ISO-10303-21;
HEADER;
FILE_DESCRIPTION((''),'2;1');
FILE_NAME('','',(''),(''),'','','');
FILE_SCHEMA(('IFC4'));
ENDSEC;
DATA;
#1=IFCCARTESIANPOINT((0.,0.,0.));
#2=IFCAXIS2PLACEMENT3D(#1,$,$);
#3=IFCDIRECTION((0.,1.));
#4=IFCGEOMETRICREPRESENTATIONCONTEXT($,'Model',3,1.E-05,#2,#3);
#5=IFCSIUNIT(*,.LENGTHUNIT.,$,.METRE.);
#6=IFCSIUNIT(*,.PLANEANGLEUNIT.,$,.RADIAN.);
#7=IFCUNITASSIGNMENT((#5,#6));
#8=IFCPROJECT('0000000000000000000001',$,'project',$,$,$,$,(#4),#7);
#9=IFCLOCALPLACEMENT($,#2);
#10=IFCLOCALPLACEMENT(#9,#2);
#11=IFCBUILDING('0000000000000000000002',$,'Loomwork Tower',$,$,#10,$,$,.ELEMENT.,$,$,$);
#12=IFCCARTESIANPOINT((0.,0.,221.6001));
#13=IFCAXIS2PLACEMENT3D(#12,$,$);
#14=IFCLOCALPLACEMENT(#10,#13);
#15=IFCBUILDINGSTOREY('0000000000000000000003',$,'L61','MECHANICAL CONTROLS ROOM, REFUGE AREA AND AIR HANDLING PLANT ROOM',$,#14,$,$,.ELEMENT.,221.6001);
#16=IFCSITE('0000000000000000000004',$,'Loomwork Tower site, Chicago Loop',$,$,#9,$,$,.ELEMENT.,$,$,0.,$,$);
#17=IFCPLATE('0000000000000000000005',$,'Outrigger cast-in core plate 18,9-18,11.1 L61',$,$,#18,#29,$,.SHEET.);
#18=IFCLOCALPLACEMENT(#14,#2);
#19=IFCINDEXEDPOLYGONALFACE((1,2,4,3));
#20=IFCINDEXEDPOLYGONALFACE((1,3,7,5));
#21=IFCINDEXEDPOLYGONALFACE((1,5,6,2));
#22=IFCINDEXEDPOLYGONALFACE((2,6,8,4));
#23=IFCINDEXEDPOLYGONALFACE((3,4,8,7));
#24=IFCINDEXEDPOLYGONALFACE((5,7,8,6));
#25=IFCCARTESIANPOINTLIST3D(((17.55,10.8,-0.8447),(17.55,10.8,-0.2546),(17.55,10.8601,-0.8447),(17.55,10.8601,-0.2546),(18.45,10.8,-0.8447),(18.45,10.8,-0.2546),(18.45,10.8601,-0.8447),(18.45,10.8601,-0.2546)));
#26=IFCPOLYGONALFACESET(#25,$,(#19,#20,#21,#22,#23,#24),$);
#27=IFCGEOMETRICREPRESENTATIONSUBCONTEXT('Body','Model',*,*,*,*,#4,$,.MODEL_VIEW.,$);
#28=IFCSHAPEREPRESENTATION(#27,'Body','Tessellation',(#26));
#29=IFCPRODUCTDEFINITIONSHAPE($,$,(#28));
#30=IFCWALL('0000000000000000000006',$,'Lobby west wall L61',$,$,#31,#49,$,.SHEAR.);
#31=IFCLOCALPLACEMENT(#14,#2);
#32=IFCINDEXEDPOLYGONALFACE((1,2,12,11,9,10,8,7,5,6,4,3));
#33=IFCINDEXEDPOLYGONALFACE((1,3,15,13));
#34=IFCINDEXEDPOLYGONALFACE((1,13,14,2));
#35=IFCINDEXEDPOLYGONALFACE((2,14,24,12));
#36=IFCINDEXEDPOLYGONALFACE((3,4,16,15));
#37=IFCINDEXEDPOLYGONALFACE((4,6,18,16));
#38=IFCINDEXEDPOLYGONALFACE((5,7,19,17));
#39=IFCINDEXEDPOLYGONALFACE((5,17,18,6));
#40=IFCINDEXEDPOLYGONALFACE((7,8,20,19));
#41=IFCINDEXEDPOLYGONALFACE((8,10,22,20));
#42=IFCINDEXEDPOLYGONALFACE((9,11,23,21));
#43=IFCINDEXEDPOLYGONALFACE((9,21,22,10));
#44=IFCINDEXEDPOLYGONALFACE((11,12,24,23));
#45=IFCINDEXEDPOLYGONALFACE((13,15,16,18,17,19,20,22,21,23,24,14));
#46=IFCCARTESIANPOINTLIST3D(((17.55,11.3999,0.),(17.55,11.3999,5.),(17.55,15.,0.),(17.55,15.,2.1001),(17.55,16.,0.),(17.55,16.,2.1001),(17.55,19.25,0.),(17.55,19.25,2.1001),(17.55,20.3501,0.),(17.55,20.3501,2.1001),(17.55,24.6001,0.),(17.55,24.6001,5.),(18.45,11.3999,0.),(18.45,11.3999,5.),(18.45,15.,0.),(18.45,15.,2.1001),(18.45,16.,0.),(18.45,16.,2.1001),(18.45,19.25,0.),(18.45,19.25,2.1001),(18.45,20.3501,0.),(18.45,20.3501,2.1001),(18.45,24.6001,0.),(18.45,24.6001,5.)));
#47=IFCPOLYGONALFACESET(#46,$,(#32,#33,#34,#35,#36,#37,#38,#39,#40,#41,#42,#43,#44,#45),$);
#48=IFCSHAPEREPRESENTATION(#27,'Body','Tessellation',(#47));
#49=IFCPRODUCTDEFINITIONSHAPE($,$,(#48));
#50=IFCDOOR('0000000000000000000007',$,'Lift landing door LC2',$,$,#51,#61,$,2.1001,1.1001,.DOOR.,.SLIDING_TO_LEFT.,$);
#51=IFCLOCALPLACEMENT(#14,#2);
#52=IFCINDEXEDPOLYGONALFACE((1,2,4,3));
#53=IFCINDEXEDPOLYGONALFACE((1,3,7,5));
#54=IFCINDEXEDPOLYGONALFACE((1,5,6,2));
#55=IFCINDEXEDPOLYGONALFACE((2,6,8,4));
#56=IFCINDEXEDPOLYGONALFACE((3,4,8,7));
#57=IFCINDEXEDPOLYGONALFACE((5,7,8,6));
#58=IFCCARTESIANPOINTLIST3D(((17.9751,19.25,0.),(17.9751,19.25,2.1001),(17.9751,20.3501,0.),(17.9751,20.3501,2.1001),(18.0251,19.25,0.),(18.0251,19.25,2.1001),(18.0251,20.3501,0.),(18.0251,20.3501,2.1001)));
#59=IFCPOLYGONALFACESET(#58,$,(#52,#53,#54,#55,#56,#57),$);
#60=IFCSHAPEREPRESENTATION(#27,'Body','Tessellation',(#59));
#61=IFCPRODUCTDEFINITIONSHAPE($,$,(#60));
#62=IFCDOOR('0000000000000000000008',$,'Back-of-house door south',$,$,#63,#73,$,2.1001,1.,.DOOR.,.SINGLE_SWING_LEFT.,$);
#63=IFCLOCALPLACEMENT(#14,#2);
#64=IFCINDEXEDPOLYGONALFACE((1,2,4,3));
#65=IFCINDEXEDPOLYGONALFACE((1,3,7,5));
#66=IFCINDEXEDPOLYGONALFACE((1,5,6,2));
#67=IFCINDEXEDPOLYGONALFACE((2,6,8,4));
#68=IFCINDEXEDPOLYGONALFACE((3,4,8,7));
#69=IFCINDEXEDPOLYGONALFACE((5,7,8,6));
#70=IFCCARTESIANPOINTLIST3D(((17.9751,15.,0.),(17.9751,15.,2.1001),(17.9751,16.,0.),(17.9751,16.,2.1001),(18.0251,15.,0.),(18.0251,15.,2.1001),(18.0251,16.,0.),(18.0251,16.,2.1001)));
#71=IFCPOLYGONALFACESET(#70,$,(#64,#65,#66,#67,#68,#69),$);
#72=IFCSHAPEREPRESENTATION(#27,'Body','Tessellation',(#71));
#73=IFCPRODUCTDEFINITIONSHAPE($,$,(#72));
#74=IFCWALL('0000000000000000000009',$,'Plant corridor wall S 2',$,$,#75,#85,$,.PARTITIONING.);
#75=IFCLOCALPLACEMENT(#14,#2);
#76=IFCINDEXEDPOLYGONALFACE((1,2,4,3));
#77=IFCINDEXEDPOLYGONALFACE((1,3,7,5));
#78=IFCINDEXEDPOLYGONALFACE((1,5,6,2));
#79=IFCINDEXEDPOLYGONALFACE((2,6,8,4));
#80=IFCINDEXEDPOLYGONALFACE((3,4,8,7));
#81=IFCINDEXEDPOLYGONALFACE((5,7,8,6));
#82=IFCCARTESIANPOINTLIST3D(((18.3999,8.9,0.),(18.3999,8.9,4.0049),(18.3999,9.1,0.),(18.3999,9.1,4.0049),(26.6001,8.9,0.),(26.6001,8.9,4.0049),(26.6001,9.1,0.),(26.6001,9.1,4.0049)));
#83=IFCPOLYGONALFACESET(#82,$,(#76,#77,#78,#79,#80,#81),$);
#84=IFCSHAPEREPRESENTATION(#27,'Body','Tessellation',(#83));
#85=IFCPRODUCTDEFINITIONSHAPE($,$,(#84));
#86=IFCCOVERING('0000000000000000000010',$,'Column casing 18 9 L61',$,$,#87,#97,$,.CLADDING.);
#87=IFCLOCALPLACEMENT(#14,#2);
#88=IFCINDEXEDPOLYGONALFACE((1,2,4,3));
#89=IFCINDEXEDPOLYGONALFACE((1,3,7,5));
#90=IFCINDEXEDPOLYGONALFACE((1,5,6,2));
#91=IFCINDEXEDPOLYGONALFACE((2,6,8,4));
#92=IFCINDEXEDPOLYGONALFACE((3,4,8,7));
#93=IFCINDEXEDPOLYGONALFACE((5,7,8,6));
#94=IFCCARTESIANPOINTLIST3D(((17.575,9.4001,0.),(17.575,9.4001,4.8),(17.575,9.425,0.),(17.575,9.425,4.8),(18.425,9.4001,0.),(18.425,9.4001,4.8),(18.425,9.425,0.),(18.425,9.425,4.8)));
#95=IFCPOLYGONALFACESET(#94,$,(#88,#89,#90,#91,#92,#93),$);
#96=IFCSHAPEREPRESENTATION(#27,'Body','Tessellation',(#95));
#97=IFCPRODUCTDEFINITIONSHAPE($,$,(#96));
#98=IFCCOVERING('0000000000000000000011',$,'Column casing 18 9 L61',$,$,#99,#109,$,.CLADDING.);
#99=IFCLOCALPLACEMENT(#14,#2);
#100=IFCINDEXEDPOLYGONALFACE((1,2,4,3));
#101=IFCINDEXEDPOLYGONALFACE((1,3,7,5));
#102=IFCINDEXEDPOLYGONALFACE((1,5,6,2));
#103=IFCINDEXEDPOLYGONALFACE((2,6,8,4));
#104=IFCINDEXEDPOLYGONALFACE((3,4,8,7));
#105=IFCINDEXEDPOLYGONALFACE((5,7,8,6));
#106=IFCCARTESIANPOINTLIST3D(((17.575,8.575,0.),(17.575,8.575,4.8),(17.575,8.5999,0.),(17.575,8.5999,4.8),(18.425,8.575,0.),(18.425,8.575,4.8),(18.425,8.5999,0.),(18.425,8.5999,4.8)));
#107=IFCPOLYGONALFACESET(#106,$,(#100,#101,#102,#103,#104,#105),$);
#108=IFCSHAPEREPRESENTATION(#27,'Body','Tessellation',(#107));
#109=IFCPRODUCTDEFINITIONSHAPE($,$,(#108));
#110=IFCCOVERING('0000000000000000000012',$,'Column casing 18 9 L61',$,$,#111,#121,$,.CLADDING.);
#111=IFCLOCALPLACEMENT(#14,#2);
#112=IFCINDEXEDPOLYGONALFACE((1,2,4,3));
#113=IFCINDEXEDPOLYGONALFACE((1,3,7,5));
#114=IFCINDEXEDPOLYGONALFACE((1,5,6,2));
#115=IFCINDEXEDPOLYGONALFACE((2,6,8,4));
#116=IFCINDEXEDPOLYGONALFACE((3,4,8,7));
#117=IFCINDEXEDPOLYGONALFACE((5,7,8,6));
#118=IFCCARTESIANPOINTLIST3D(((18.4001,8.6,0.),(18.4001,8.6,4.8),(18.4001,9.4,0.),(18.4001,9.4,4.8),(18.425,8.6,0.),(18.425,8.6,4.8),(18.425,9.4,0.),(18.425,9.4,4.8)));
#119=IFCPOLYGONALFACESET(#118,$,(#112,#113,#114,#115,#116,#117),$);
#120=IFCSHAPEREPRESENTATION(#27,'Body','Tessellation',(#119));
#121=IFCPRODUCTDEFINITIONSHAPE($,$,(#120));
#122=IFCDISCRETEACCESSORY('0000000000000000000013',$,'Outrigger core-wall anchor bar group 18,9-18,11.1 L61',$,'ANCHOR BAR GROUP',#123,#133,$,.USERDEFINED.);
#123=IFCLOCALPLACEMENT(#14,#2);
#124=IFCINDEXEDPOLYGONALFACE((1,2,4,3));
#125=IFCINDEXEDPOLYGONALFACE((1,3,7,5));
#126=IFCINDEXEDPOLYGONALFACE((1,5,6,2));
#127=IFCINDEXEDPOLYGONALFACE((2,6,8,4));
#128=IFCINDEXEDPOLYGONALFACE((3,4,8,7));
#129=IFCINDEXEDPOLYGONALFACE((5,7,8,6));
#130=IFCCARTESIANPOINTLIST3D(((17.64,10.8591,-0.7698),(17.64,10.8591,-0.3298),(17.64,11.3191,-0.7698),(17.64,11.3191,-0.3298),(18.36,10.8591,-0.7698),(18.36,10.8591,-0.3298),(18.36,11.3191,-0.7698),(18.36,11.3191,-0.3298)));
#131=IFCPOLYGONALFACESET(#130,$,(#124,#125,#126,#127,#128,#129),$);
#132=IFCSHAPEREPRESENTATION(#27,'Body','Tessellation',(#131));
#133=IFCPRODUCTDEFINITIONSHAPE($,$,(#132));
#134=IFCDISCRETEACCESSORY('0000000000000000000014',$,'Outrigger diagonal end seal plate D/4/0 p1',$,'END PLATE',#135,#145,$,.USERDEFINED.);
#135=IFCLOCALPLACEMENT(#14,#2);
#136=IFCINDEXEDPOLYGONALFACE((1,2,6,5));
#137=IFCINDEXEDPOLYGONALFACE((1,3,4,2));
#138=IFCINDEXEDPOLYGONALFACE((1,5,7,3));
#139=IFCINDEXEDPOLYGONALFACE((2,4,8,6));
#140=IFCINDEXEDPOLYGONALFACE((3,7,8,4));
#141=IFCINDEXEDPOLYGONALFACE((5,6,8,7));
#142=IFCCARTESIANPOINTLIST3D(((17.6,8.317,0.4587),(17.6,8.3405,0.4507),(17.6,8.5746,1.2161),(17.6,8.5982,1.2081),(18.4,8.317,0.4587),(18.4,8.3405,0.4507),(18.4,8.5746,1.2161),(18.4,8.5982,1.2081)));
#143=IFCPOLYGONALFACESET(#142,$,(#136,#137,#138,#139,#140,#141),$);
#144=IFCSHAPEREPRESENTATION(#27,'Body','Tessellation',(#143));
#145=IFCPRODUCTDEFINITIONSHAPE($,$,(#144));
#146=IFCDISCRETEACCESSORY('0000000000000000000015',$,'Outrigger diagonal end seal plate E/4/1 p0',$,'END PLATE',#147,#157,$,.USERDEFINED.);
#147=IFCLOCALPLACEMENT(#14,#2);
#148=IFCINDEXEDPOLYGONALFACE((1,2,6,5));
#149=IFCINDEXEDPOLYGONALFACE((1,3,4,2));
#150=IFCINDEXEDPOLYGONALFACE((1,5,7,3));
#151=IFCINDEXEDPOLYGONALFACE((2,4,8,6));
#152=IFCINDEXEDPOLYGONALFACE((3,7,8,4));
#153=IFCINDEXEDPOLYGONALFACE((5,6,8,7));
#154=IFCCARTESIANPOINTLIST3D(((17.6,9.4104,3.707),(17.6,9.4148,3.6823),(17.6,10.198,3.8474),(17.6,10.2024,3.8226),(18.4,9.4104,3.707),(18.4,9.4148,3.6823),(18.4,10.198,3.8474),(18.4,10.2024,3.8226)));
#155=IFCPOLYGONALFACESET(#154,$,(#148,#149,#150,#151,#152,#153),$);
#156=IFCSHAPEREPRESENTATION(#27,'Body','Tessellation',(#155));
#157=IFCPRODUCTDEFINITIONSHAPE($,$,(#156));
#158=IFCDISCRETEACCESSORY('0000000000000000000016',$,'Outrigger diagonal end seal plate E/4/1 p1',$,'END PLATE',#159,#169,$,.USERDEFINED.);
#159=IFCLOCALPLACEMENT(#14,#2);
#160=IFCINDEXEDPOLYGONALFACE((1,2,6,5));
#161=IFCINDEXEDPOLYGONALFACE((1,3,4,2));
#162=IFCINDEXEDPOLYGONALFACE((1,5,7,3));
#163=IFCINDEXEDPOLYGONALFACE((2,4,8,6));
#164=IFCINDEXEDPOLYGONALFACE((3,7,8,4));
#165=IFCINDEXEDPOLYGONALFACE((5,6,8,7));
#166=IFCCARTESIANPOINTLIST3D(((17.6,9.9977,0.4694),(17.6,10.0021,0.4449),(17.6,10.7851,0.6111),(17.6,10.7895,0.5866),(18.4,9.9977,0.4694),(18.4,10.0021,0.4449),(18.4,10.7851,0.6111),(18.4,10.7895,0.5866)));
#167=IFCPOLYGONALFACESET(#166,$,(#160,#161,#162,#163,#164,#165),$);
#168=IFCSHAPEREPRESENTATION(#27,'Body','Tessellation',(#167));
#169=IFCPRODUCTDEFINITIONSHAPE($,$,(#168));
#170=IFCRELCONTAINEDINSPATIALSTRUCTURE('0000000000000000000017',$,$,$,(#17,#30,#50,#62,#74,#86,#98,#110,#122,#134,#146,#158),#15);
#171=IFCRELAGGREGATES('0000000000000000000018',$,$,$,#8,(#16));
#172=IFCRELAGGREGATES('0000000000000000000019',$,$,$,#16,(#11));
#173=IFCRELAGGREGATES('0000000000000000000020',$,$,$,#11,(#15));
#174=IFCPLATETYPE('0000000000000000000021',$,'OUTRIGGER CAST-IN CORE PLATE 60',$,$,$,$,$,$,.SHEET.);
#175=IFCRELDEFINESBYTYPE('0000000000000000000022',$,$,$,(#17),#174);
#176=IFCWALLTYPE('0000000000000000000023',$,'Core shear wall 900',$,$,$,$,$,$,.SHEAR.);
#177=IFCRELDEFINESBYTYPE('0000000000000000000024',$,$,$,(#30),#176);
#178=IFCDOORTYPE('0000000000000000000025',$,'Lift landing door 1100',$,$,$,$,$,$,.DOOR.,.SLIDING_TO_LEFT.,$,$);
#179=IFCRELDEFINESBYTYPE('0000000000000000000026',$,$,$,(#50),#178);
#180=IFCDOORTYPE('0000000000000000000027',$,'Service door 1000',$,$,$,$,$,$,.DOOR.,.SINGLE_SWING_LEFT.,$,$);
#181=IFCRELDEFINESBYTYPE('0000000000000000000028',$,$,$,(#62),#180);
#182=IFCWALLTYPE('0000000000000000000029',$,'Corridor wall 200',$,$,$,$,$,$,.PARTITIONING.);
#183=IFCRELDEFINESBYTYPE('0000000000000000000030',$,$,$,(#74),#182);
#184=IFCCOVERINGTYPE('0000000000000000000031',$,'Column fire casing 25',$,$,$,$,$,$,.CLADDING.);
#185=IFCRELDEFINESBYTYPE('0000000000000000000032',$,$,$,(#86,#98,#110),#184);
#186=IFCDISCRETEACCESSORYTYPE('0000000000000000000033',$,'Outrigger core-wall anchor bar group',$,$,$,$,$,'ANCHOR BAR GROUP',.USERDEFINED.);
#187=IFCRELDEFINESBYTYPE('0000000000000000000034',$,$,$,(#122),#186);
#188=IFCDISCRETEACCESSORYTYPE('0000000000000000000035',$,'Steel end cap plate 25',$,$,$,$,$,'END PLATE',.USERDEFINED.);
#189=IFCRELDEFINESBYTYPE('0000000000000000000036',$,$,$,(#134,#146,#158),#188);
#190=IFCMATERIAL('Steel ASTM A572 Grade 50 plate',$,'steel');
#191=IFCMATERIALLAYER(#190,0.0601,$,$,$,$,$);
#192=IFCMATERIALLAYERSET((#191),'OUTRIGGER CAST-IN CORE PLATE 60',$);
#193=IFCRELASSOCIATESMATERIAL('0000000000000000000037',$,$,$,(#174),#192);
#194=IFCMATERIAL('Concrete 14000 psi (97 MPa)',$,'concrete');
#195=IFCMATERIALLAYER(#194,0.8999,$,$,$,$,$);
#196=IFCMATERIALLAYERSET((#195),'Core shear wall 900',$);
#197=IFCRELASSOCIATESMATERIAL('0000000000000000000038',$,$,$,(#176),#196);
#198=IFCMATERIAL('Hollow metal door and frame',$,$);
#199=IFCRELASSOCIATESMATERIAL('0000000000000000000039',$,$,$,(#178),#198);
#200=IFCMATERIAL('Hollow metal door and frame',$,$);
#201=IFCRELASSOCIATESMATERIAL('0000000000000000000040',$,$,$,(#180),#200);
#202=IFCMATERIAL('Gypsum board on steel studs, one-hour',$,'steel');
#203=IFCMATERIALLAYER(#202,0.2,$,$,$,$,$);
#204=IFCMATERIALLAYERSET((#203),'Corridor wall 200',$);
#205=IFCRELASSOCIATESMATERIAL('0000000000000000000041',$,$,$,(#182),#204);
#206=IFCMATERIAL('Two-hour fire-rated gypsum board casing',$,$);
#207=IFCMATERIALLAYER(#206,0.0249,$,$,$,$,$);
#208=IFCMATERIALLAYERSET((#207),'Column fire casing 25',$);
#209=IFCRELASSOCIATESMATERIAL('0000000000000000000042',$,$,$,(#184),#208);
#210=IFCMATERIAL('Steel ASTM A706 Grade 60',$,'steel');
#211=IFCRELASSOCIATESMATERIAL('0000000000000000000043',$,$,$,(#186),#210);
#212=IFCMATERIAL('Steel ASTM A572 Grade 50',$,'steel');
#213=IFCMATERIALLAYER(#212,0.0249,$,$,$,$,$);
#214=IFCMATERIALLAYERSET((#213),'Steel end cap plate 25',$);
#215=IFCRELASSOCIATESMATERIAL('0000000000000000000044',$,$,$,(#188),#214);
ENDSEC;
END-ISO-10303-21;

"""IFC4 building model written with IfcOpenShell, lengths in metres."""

from ifc_helpers import new_model, si_unit, direction, frame, frame_2d, origin, origin_2d, place, context, subcontext, project, spatial, rectangle, extrude, material, layer, layer_set, type_object, element, fill, save


model = new_model("IFC4")

# Units and contexts
model_context = context("Model", 3, precision=1e-05, world=origin(), true_north=direction((0.0, 1.0)))
body_context = subcontext(model_context, "Body", "Model", "MODEL_VIEW")
ifc_project = project(units=[si_unit("LENGTHUNIT", "METRE"), si_unit("PLANEANGLEUNIT", "RADIAN")], contexts=[model_context])

# Site, building, storey
site_placement = place(None, origin())
site = spatial("IfcSite", under=ifc_project, at=site_placement, Name="Loomwork Tower site, Chicago Loop", CompositionType="ELEMENT", RefElevation=0.0)
building_placement = place(site_placement, origin())
building = spatial("IfcBuilding", under=site, at=building_placement, Name="Loomwork Tower", CompositionType="ELEMENT")
storey_placement = place(building_placement, frame((0.0, 0.0, 221.6001)))
storey = spatial("IfcBuildingStorey", under=building, at=storey_placement, Name="L61", Description="MECHANICAL CONTROLS ROOM, REFUGE AREA AND AIR HANDLING PLANT ROOM", CompositionType="ELEMENT", Elevation=221.6001)

# Plate
ifc_material_1 = material(Name="Steel ASTM A572 Grade 50 plate", Category="steel")
ifc_layer_1 = layer(ifc_material_1, 0.0601)
ifc_layer_set_1 = layer_set([ifc_layer_1], Name="OUTRIGGER CAST-IN CORE PLATE 60")
plate_type = type_object("IfcPlateType", Name="OUTRIGGER CAST-IN CORE PLATE 60", PredefinedType="SHEET", material=ifc_layer_set_1)
plate_placement = place(storey_placement, frame((18.0, 10.8301, -0.8447), z_axis=(0.0, 0.0, 1.0), x_axis=(1.0, 0.0, 0.0)))
element("IfcPlate", 1, at=plate_placement, inside=storey, type_object=plate_type, Name="Outrigger cast-in core plate 18,9-18,11.1 L61", PredefinedType="SHEET", context=body_context, shape_type="SweptSolid", body=[
    extrude(rectangle(XDim=0.8999, YDim=0.0601, at=origin_2d()), origin(), (0.0, 0.0, 1.0), 0.5901),
])

# Wall, openings, doors
ifc_material_2 = material(Name="Concrete 14000 psi (97 MPa)", Category="concrete")
ifc_layer_2 = layer(ifc_material_2, 0.8999)
ifc_layer_set_2 = layer_set([ifc_layer_2], Name="Core shear wall 900")
wall_type_1 = type_object("IfcWallType", Name="Core shear wall 900", PredefinedType="SHEAR", material=ifc_layer_set_2)
wall_1_placement = place(storey_placement, frame((18.0, 11.3999, 0.0), z_axis=(0.0, 0.0, 1.0), x_axis=(0.0, 1.0, 0.0)))
wall_1 = element("IfcWall", 2, at=wall_1_placement, inside=storey, type_object=wall_type_1, Name="Lobby west wall L61", PredefinedType="SHEAR", context=body_context, shape_type="SweptSolid", body=[
    extrude(rectangle(XDim=13.2002, YDim=0.8999, at=frame_2d((6.6001, 0.0))), origin(), (0.0, 0.0, 1.0), 5.0),
])
opening_1_placement = place(wall_1_placement, frame((3.6001, 0.0, 0.0)))
opening_1 = element("IfcOpeningElement", 3, at=opening_1_placement, cuts=wall_1, PredefinedType="OPENING", context=body_context, shape_type="SweptSolid", body=[
    extrude(rectangle(XDim=1.0, YDim=2.1001, at=frame_2d((0.5, 1.05))), frame((0.0, 0.46, 0.0), z_axis=(0.0, -1.0, 0.0), x_axis=(1.0, 0.0, 0.0)), (0.0, 0.0, 1.0), 0.9199),
])
opening_2_placement = place(wall_1_placement, frame((7.8501, 0.0, 0.0)))
opening_2 = element("IfcOpeningElement", 4, at=opening_2_placement, cuts=wall_1, PredefinedType="OPENING", context=body_context, shape_type="SweptSolid", body=[
    extrude(rectangle(XDim=1.1001, YDim=2.1001, at=frame_2d((0.55, 1.05))), frame((0.0, 0.46, 0.0), z_axis=(0.0, -1.0, 0.0), x_axis=(1.0, 0.0, 0.0)), (0.0, 0.0, 1.0), 0.9199),
])
ifc_material_3 = material(Name="Hollow metal door and frame")
door_type_1 = type_object("IfcDoorType", Name="Lift landing door 1100", OperationType="SLIDING_TO_LEFT", PredefinedType="DOOR", material=ifc_material_3)
door_1_placement = place(opening_2_placement, origin())
door_1 = element("IfcDoor", 5, at=door_1_placement, inside=storey, type_object=door_type_1, Name="Lift landing door LC2", OperationType="SLIDING_TO_LEFT", OverallHeight=2.1001, OverallWidth=1.1001, PredefinedType="DOOR", context=body_context, shape_type="SweptSolid", body=[
    extrude(rectangle(XDim=1.1001, YDim=2.1001, at=frame_2d((0.55, 1.05))), frame((0.0, 0.0249, 0.0), z_axis=(0.0, -1.0, 0.0), x_axis=(1.0, 0.0, 0.0)), (0.0, 0.0, 1.0), 0.05),
])
fill(opening_2, door_1)
ifc_material_4 = material(Name="Hollow metal door and frame")
door_type_2 = type_object("IfcDoorType", Name="Service door 1000", OperationType="SINGLE_SWING_LEFT", PredefinedType="DOOR", material=ifc_material_4)
door_2_placement = place(opening_1_placement, origin())
door_2 = element("IfcDoor", 6, at=door_2_placement, inside=storey, type_object=door_type_2, Name="Back-of-house door south", OperationType="SINGLE_SWING_LEFT", OverallHeight=2.1001, OverallWidth=1.0, PredefinedType="DOOR", context=body_context, shape_type="SweptSolid", body=[
    extrude(rectangle(XDim=1.0, YDim=2.1001, at=frame_2d((0.5, 1.05))), frame((0.0, 0.0249, 0.0), z_axis=(0.0, -1.0, 0.0), x_axis=(1.0, 0.0, 0.0)), (0.0, 0.0, 1.0), 0.05),
])
fill(opening_1, door_2)

# Wall
ifc_material_5 = material(Name="Gypsum board on steel studs, one-hour", Category="steel")
ifc_layer_3 = layer(ifc_material_5, 0.2)
ifc_layer_set_3 = layer_set([ifc_layer_3], Name="Corridor wall 200")
wall_type_2 = type_object("IfcWallType", Name="Corridor wall 200", PredefinedType="PARTITIONING", material=ifc_layer_set_3)
wall_2_placement = place(storey_placement, frame((18.3999, 9.0, 0.0), z_axis=(0.0, 0.0, 1.0), x_axis=(1.0, 0.0, 0.0)))
element("IfcWall", 7, at=wall_2_placement, inside=storey, type_object=wall_type_2, Name="Plant corridor wall S 2", PredefinedType="PARTITIONING", context=body_context, shape_type="SweptSolid", body=[
    extrude(rectangle(XDim=8.2002, YDim=0.2, at=frame_2d((4.1001, 0.0))), origin(), (0.0, 0.0, 1.0), 4.0049),
])

# Coverings
ifc_material_6 = material(Name="Two-hour fire-rated gypsum board casing")
ifc_layer_4 = layer(ifc_material_6, 0.0249)
ifc_layer_set_4 = layer_set([ifc_layer_4], Name="Column fire casing 25")
covering_type = type_object("IfcCoveringType", Name="Column fire casing 25", PredefinedType="CLADDING", material=ifc_layer_set_4)
for number, where, z_axis, x_axis, name in (
    (8, (18.0, 9.4126, 0.0), (0.0, 0.0, 1.0), (1.0, 0.0, 0.0), "Column casing 18 9 L61"),
    (9, (18.0, 8.5874, 0.0), (0.0, 0.0, 1.0), (1.0, 0.0, 0.0), "Column casing 18 9 L61"),
):
    element("IfcCovering", number, at=place(storey_placement, frame(where, z_axis=z_axis, x_axis=x_axis)), inside=storey, type_object=covering_type, Name=name, PredefinedType="CLADDING", context=body_context, shape_type="SweptSolid", body=[
        extrude(rectangle(XDim=0.8501, YDim=0.0249, at=origin_2d()), origin(), (0.0, 0.0, 1.0), 4.8),
    ])
covering_placement = place(storey_placement, frame((18.4126, 9.0, 0.0), z_axis=(0.0, 0.0, 1.0), x_axis=(1.0, 0.0, 0.0)))
element("IfcCovering", 10, at=covering_placement, inside=storey, type_object=covering_type, Name="Column casing 18 9 L61", PredefinedType="CLADDING", context=body_context, shape_type="SweptSolid", body=[
    extrude(rectangle(XDim=0.0249, YDim=0.8, at=origin_2d()), origin(), (0.0, 0.0, 1.0), 4.8),
])

# Discrete accessories
ifc_material_7 = material(Name="Steel ASTM A706 Grade 60", Category="steel")
discrete_accessory_type_1 = type_object("IfcDiscreteAccessoryType", Name="Outrigger core-wall anchor bar group", ElementType="ANCHOR BAR GROUP", PredefinedType="USERDEFINED", material=ifc_material_7)
discrete_accessory_1_placement = place(storey_placement, frame((18.0, 11.0891, -0.7698), z_axis=(0.0, 0.0, 1.0), x_axis=(1.0, 0.0, 0.0)))
element("IfcDiscreteAccessory", 11, at=discrete_accessory_1_placement, inside=storey, type_object=discrete_accessory_type_1, Name="Outrigger core-wall anchor bar group 18,9-18,11.1 L61", ObjectType="ANCHOR BAR GROUP", PredefinedType="USERDEFINED", context=body_context, shape_type="SweptSolid", body=[
    extrude(rectangle(XDim=0.72, YDim=0.46, at=origin_2d()), origin(), (0.0, 0.0, 1.0), 0.4399),
])
ifc_material_8 = material(Name="Steel ASTM A572 Grade 50", Category="steel")
ifc_layer_5 = layer(ifc_material_8, 0.0249)
ifc_layer_set_5 = layer_set([ifc_layer_5], Name="Steel end cap plate 25")
discrete_accessory_type_2 = type_object("IfcDiscreteAccessoryType", Name="Steel end cap plate 25", ElementType="END PLATE", PredefinedType="USERDEFINED", material=ifc_layer_set_5)
discrete_accessory_2_placement = place(storey_placement, frame((18.0, 8.4458, 0.8374), z_axis=(0.0, 0.946713, -0.322078), x_axis=(-1.0, 0.0, 0.0)))
element("IfcDiscreteAccessory", 12, at=discrete_accessory_2_placement, inside=storey, type_object=discrete_accessory_type_2, Name="Outrigger diagonal end seal plate D/4/0 p1", ObjectType="END PLATE", PredefinedType="USERDEFINED", context=body_context, shape_type="SweptSolid", body=[
    extrude(rectangle(XDim=0.8, YDim=0.8, at=origin_2d()), origin(), (0.0, 0.0, 1.0), 0.0249),
])
discrete_accessory_3_placement = place(storey_placement, frame((18.0, 9.8086, 3.7524), z_axis=(0.0, -0.175453, 0.984488), x_axis=(1.0, 0.0, 0.0)))
element("IfcDiscreteAccessory", 13, at=discrete_accessory_3_placement, inside=storey, type_object=discrete_accessory_type_2, Name="Outrigger diagonal end seal plate E/4/1 p0", ObjectType="END PLATE", PredefinedType="USERDEFINED", context=body_context, shape_type="SweptSolid", body=[
    extrude(rectangle(XDim=0.8, YDim=0.8, at=origin_2d()), origin(), (0.0, 0.0, 1.0), 0.0251),
])
discrete_accessory_4_placement = place(storey_placement, frame((18.0, 10.3914, 0.5403), z_axis=(0.0, 0.177153, -0.984183), x_axis=(-1.0, 0.0, 0.0)))
element("IfcDiscreteAccessory", 14, at=discrete_accessory_4_placement, inside=storey, type_object=discrete_accessory_type_2, Name="Outrigger diagonal end seal plate E/4/1 p1", ObjectType="END PLATE", PredefinedType="USERDEFINED", context=body_context, shape_type="SweptSolid", body=[
    extrude(rectangle(XDim=0.8, YDim=0.8, at=origin_2d()), origin(), (0.0, 0.0, 1.0), 0.0249),
])

save(model, "model.ifc")
